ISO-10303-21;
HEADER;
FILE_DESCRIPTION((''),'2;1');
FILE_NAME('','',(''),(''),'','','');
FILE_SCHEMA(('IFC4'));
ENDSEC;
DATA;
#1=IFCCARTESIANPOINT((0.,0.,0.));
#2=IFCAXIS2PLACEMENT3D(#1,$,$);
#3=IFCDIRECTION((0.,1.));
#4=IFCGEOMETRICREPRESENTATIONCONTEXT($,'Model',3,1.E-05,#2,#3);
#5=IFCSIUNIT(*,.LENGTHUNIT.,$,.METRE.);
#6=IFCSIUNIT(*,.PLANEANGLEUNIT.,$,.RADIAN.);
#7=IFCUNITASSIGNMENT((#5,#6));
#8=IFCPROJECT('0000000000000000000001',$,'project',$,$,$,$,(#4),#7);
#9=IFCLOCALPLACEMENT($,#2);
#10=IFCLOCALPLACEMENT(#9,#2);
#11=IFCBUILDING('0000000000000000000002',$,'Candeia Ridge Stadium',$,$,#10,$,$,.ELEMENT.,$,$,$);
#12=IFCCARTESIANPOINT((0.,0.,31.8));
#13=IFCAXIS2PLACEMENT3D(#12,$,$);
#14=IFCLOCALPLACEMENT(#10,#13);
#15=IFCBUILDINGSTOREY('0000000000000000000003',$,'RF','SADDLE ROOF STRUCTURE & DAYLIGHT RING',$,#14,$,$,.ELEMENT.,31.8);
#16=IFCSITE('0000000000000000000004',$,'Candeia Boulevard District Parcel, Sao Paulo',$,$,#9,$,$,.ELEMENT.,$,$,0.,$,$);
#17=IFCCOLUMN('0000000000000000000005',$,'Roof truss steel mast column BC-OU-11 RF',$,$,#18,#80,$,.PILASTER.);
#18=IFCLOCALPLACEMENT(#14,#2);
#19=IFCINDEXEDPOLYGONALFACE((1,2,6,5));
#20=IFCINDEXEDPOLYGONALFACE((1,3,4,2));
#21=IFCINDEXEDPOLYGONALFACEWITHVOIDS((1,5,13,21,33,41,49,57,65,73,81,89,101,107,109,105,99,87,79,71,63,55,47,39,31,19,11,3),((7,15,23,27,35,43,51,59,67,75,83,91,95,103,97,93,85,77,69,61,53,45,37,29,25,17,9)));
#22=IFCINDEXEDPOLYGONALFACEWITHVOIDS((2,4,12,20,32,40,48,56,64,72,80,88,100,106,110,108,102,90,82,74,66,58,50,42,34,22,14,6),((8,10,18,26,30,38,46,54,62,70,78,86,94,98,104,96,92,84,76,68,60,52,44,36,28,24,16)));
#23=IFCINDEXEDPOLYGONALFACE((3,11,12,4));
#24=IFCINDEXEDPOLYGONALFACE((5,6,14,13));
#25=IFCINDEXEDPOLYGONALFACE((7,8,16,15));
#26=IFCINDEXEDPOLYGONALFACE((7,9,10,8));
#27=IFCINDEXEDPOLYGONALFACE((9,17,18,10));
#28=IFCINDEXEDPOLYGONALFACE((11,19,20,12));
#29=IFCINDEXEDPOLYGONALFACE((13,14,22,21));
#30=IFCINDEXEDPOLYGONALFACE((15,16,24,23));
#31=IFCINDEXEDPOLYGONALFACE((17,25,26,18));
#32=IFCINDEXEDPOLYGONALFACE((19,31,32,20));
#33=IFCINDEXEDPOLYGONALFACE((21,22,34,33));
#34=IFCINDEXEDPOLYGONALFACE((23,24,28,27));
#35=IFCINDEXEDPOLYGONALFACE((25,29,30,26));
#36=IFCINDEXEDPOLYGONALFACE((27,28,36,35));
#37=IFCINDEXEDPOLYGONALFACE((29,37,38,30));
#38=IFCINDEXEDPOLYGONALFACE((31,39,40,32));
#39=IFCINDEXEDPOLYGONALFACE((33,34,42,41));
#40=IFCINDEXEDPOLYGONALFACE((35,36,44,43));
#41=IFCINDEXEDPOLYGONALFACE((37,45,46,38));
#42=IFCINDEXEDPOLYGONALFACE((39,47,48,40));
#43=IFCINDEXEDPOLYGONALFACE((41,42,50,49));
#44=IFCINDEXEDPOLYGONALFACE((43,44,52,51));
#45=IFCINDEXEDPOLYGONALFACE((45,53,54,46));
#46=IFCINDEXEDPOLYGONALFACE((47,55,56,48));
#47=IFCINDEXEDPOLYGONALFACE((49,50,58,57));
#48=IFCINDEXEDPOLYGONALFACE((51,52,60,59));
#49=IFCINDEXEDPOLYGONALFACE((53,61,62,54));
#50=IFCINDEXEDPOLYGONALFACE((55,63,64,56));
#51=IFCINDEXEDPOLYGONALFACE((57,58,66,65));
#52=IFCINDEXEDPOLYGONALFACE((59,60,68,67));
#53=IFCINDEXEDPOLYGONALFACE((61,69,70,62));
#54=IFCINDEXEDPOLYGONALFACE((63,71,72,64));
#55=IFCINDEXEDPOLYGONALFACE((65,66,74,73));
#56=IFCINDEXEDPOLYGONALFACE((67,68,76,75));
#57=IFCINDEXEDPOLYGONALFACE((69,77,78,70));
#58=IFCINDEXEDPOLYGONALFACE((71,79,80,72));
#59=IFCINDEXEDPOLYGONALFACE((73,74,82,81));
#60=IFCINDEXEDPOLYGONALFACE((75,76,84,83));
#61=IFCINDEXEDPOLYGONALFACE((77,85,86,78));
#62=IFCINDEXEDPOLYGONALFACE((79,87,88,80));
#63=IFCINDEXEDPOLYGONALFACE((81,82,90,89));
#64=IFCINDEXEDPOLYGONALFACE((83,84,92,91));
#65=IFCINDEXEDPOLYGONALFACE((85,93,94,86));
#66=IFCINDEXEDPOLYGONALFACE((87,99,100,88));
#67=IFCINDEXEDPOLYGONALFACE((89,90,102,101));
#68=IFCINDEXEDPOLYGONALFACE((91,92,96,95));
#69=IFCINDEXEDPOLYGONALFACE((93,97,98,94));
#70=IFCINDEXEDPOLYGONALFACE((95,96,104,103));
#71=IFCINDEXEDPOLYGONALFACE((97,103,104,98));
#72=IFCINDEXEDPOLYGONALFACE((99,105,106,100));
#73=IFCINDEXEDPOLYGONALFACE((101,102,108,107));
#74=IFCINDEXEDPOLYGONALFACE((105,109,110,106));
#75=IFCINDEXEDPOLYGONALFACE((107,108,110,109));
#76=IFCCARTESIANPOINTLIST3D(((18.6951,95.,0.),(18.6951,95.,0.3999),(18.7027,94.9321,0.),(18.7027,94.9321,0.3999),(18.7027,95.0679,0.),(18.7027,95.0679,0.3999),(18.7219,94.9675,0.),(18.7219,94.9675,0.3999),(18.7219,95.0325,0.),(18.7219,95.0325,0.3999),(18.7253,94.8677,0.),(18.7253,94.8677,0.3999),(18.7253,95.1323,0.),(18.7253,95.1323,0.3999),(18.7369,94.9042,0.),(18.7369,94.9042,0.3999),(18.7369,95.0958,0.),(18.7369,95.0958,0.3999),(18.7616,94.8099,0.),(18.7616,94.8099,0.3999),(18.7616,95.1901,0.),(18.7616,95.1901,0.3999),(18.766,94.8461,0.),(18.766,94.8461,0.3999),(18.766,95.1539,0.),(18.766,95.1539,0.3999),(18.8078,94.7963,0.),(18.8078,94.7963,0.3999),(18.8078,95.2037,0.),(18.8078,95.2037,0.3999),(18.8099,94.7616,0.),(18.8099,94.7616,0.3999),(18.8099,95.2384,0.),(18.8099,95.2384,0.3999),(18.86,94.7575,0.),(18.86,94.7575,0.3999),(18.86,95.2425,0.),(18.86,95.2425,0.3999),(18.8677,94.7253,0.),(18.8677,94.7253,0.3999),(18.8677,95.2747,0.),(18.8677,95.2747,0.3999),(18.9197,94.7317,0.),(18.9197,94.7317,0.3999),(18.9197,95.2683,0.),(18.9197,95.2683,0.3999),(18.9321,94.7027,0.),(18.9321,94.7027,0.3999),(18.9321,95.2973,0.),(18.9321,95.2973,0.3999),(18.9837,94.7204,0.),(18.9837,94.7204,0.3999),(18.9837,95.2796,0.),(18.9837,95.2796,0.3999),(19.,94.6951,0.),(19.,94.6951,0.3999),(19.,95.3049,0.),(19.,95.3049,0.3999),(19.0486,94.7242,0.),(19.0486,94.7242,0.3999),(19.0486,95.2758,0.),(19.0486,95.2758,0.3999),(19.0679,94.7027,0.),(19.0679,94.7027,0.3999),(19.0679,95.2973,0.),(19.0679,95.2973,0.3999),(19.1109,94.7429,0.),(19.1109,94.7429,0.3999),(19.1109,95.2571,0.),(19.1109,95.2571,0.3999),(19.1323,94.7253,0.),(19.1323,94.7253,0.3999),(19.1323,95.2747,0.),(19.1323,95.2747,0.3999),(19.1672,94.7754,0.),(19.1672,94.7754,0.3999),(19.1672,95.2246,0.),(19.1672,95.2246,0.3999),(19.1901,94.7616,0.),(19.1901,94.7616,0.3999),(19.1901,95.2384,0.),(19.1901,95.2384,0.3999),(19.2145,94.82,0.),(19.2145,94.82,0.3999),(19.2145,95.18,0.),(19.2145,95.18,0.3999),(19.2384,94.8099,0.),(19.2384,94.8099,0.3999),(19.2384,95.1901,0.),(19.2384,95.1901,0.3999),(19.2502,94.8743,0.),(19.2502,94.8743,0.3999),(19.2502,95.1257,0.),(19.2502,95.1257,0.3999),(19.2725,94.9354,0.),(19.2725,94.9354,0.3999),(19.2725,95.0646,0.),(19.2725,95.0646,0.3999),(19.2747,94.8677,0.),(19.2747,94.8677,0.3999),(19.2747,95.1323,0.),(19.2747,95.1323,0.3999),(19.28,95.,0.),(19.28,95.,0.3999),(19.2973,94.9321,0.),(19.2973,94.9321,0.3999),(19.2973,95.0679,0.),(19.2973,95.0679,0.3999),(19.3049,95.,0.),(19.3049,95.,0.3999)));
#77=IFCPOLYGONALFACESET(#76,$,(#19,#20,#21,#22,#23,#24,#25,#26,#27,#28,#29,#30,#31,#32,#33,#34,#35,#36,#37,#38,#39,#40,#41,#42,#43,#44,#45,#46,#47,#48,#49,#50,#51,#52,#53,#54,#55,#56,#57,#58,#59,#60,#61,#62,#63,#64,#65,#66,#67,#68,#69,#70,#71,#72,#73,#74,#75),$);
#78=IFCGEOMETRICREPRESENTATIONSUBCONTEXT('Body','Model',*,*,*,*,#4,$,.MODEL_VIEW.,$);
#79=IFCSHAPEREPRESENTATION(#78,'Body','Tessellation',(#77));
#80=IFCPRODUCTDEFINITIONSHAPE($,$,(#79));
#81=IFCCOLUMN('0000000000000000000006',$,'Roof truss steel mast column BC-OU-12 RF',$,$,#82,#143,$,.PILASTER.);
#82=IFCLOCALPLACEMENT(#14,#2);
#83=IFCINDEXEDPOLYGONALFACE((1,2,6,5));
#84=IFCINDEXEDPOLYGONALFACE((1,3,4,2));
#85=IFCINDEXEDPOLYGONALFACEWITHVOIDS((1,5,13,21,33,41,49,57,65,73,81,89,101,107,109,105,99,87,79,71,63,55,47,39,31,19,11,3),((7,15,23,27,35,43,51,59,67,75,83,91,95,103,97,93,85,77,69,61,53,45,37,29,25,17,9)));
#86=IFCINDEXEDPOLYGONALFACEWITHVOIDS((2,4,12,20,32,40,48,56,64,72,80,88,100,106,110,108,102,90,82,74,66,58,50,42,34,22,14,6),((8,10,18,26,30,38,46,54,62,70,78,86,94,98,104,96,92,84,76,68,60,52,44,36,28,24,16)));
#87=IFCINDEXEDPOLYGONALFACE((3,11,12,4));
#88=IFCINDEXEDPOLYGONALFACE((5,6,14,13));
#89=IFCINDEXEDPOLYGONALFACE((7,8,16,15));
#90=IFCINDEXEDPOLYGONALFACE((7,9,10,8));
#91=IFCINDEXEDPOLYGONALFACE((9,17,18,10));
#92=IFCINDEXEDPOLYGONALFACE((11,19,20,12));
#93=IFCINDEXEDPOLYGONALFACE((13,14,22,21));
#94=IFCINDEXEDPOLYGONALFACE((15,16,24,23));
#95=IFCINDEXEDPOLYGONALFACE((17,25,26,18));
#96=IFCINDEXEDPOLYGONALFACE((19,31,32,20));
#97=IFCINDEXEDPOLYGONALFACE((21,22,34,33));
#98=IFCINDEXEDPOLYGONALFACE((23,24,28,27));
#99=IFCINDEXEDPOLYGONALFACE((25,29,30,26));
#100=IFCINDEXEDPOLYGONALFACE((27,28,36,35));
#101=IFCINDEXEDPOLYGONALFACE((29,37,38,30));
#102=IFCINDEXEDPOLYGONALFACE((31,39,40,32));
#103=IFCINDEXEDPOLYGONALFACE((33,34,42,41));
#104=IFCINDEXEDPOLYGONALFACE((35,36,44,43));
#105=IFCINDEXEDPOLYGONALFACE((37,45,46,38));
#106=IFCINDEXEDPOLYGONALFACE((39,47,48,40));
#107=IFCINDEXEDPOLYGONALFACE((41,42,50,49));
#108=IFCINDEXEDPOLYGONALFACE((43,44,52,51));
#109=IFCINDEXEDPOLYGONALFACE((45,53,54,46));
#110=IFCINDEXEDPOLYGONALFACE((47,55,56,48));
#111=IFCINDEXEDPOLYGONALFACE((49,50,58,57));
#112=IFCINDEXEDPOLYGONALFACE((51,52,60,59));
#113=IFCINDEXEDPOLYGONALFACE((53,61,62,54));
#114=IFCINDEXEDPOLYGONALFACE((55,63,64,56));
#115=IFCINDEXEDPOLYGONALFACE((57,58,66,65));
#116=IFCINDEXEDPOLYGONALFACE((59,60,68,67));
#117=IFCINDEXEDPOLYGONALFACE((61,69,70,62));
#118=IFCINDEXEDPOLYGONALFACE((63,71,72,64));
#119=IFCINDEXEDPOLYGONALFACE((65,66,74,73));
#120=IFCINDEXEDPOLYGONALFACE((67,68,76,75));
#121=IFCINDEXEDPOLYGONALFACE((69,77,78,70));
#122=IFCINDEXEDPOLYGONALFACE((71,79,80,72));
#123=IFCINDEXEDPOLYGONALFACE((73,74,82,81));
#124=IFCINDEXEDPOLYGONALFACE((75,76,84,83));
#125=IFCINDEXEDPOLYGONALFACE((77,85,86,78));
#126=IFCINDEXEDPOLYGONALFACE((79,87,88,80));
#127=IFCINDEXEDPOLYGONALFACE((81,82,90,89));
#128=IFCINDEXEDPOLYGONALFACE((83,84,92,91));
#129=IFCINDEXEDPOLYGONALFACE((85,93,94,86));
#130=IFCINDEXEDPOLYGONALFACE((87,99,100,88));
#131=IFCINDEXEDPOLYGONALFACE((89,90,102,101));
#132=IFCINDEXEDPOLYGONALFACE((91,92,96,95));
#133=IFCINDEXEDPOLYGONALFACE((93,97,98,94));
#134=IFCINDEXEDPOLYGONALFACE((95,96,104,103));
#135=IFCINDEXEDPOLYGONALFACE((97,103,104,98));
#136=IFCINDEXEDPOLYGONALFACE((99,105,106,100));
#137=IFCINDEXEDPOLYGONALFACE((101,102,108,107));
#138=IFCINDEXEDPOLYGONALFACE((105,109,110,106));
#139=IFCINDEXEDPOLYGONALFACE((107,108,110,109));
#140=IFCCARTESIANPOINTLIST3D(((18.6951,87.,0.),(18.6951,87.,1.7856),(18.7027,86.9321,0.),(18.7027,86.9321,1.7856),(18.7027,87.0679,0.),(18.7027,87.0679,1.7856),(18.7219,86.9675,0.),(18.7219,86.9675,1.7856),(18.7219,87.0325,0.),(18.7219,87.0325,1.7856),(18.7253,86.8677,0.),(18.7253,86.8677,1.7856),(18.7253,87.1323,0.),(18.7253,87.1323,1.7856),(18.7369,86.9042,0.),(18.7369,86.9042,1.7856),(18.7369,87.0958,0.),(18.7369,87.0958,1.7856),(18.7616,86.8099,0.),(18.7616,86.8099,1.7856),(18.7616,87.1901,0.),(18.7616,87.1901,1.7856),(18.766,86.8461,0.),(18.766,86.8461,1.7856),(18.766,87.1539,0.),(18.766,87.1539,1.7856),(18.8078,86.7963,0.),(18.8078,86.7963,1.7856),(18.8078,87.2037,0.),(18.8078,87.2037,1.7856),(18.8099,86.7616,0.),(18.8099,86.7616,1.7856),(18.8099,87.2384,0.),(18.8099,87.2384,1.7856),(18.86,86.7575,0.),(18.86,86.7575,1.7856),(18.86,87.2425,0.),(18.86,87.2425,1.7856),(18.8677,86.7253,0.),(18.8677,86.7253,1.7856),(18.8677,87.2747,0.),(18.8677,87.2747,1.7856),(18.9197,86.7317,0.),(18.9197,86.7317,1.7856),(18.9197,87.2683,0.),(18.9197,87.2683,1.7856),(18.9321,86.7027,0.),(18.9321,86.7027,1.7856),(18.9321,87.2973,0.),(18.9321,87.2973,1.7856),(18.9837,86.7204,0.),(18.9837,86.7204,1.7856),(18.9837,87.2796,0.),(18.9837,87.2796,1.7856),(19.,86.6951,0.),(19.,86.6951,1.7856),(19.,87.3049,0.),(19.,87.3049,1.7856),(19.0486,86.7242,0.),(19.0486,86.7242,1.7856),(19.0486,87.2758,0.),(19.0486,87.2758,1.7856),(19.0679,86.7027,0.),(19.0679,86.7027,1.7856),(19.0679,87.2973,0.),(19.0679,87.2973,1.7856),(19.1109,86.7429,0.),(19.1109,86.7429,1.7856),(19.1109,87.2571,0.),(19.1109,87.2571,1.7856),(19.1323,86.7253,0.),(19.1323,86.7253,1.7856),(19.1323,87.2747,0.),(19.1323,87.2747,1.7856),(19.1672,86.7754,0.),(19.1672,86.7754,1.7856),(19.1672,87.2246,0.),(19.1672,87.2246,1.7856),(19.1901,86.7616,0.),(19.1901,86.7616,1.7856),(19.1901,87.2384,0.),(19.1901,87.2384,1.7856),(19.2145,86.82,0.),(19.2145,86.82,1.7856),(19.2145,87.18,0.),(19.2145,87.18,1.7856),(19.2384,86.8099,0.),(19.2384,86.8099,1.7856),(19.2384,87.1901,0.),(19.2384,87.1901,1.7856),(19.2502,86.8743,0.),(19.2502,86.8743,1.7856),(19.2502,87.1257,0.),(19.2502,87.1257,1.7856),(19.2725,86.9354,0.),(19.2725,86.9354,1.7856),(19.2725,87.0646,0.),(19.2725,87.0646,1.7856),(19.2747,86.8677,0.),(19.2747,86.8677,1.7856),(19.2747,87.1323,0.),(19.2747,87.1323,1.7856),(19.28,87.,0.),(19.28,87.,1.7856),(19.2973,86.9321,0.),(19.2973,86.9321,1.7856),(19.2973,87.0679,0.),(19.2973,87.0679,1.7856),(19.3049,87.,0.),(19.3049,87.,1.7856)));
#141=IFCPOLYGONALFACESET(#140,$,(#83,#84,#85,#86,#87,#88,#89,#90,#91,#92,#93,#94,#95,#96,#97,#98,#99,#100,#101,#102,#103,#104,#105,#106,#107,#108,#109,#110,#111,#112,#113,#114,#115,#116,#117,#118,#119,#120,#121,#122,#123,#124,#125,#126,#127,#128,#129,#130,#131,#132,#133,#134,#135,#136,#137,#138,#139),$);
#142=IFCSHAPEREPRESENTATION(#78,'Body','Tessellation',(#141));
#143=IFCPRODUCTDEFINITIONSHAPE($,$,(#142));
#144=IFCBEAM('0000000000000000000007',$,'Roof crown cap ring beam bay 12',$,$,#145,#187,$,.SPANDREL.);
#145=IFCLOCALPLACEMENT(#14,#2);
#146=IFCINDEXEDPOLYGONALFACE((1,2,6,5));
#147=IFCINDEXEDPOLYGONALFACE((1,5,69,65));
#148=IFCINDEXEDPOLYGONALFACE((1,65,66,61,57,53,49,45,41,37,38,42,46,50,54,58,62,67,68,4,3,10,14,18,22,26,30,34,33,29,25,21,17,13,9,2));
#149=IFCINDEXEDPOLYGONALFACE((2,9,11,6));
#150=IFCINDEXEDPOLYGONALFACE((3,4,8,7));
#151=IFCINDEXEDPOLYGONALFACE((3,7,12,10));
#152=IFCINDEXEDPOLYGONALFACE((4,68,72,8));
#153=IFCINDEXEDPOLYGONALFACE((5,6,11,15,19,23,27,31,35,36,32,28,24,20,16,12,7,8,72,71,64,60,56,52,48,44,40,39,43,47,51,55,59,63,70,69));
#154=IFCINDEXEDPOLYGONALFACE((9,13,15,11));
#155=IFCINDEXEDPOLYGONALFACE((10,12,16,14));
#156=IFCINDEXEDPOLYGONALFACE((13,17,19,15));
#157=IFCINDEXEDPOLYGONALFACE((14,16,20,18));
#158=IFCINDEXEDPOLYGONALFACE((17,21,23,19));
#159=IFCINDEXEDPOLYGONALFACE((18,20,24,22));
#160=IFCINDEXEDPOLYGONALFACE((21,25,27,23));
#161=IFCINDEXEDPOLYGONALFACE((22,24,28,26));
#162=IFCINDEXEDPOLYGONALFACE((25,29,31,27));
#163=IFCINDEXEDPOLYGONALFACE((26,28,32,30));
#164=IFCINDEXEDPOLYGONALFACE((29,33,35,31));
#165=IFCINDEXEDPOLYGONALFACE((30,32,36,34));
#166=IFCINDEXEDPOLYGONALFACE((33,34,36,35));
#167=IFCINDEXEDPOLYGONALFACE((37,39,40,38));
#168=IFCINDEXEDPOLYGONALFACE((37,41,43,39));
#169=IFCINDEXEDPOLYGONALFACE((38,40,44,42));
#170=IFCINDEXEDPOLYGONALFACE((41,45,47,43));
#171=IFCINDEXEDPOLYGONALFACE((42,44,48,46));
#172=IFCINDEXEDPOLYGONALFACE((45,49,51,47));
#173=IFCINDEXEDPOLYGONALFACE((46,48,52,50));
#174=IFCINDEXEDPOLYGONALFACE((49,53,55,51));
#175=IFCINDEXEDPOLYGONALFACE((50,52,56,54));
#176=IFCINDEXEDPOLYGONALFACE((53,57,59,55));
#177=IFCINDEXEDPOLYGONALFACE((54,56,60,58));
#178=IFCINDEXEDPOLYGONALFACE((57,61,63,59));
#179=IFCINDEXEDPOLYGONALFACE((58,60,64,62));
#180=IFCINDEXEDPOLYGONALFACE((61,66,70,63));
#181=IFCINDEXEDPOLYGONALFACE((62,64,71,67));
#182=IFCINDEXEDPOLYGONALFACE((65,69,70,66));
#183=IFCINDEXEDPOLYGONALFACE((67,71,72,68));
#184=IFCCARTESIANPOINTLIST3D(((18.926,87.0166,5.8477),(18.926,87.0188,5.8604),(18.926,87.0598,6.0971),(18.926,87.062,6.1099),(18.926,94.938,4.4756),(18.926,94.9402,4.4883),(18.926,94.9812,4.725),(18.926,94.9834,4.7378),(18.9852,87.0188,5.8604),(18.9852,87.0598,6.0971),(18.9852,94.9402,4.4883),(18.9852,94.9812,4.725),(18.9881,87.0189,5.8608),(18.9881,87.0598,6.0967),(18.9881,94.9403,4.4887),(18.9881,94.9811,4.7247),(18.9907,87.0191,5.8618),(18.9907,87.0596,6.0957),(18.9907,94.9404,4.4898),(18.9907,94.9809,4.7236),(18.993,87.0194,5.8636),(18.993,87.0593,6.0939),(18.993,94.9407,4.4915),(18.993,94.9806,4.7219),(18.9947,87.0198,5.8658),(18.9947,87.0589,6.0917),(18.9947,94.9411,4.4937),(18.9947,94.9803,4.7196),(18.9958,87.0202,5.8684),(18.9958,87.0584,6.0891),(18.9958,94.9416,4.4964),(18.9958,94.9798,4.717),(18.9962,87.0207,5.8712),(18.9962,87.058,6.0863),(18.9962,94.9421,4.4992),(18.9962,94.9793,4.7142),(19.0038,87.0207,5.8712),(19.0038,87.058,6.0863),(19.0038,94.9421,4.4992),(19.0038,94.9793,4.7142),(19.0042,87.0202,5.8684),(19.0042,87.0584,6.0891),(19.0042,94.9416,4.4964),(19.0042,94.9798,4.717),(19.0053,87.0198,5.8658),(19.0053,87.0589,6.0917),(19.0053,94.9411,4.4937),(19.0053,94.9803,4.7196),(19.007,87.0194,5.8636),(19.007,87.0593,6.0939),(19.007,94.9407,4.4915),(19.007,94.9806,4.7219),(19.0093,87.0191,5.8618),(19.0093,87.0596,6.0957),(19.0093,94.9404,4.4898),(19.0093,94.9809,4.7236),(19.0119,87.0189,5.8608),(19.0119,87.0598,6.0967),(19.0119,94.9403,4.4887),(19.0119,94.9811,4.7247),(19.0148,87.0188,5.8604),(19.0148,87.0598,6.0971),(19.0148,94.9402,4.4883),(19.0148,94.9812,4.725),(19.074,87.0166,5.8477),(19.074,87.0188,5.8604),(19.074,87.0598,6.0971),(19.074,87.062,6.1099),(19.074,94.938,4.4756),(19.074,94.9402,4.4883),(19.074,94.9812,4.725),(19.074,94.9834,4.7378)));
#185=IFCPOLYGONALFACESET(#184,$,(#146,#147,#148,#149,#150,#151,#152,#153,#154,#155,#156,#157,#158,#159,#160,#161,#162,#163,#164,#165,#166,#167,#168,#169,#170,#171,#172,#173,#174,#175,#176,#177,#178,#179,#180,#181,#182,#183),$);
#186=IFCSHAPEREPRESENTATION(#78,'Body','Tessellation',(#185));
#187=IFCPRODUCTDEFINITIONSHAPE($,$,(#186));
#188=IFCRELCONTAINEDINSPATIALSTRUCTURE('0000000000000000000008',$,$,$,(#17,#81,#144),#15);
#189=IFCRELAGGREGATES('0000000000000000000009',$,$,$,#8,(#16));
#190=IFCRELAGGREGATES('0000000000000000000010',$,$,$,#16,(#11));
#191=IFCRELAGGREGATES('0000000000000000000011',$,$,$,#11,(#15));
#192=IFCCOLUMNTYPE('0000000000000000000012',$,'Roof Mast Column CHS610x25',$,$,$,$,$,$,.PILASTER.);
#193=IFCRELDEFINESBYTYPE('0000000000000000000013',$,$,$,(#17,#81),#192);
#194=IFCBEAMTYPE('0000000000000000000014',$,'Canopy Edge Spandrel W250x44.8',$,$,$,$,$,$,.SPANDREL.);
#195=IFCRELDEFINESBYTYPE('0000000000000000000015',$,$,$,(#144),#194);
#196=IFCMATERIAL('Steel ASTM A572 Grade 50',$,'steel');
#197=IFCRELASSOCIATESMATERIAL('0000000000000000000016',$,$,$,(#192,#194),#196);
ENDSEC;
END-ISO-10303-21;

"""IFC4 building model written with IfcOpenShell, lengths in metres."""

from ifc_helpers import new_model, si_unit, direction, frame, origin, origin_2d, place, context, subcontext, project, spatial, hollow_circle, i_section, extrude, material, material_profile, profile_set, type_object, element, save


model = new_model("IFC4")

# Units and contexts
model_context = context("Model", 3, precision=1e-05, world=origin(), true_north=direction((0.0, 1.0)))
body_context = subcontext(model_context, "Body", "Model", "MODEL_VIEW")
ifc_project = project(units=[si_unit("LENGTHUNIT", "METRE"), si_unit("PLANEANGLEUNIT", "RADIAN")], contexts=[model_context])

# Site, building, storey
site_placement = place(None, origin())
site = spatial("IfcSite", under=ifc_project, at=site_placement, Name="Candeia Boulevard District Parcel, Sao Paulo", CompositionType="ELEMENT", RefElevation=0.0)
building_placement = place(site_placement, origin())
building = spatial("IfcBuilding", under=site, at=building_placement, Name="Candeia Ridge Stadium", CompositionType="ELEMENT")
storey_placement = place(building_placement, frame((0.0, 0.0, 31.8)))
storey = spatial("IfcBuildingStorey", under=building, at=storey_placement, Name="RF", Description="SADDLE ROOF STRUCTURE & DAYLIGHT RING", CompositionType="ELEMENT", Elevation=31.8)

# Columns
ifc_material_1 = material(Name="Steel ASTM A572 Grade 50", Category="steel")
ifc_material_profile_1 = material_profile(ifc_material_1, hollow_circle(Radius=0.3049, WallThickness=0.0249, at=origin_2d()), Name="CHS610x25", Category="steel")
ifc_profile_set_1 = profile_set([ifc_material_profile_1], Name="Steel ASTM A572 Grade 50")
column_type = type_object("IfcColumnType", Name="Roof Mast Column CHS610x25", PredefinedType="PILASTER", material=ifc_profile_set_1)
column_1_placement = place(storey_placement, frame((19.0, 95.0, 0.0), z_axis=(0.0, 0.0, 1.0), x_axis=(1.0, 0.0, 0.0)))
element("IfcColumn", 1, at=column_1_placement, inside=storey, type_object=column_type, Name="Roof truss steel mast column BC-OU-11 RF", PredefinedType="PILASTER", context=body_context, shape_type="SweptSolid", body=[
    extrude(hollow_circle(Radius=0.3049, WallThickness=0.0249, at=origin_2d()), origin(), (0.0, 0.0, 1.0), 0.3999),
])
column_2_placement = place(storey_placement, frame((19.0, 87.0, 0.0), z_axis=(0.0, 0.0, 1.0), x_axis=(1.0, 0.0, 0.0)))
element("IfcColumn", 2, at=column_2_placement, inside=storey, type_object=column_type, Name="Roof truss steel mast column BC-OU-12 RF", PredefinedType="PILASTER", context=body_context, shape_type="SweptSolid", body=[
    extrude(hollow_circle(Radius=0.3049, WallThickness=0.0249, at=origin_2d()), origin(), (0.0, 0.0, 1.0), 1.7856),
])

# Beam
ifc_material_profile_2 = material_profile(ifc_material_1, i_section(OverallWidth=0.1479, OverallDepth=0.2661, WebThickness=0.0076, FlangeThickness=0.0129, FilletRadius=0.011, at=origin_2d()), Name="W250x44.8", Category="steel")
ifc_profile_set_2 = profile_set([ifc_material_profile_2], Name="Steel ASTM A572 Grade 50")
beam_type_1 = type_object("IfcBeamType", Name="Canopy Edge Spandrel W250x44.8", PredefinedType="SPANDREL", material=ifc_profile_set_2)
beam_1_placement = place(storey_placement, frame((19.0, 94.9607, 4.6067), z_axis=(0.0, -0.985328, 0.17067), x_axis=(1.0, 0.0, 0.0)))
element("IfcBeam", 3, at=beam_1_placement, inside=storey, type_object=beam_type_1, Name="Roof crown cap ring beam bay 12", PredefinedType="SPANDREL", context=body_context, shape_type="SweptSolid", body=[
    extrude(i_section(OverallWidth=0.1479, OverallDepth=0.2661, WebThickness=0.0076, FlangeThickness=0.0129, FilletRadius=0.011, at=origin_2d()), origin(), (0.0, 0.0, 1.0), 8.0393),
])

save(model, "model.ifc")
